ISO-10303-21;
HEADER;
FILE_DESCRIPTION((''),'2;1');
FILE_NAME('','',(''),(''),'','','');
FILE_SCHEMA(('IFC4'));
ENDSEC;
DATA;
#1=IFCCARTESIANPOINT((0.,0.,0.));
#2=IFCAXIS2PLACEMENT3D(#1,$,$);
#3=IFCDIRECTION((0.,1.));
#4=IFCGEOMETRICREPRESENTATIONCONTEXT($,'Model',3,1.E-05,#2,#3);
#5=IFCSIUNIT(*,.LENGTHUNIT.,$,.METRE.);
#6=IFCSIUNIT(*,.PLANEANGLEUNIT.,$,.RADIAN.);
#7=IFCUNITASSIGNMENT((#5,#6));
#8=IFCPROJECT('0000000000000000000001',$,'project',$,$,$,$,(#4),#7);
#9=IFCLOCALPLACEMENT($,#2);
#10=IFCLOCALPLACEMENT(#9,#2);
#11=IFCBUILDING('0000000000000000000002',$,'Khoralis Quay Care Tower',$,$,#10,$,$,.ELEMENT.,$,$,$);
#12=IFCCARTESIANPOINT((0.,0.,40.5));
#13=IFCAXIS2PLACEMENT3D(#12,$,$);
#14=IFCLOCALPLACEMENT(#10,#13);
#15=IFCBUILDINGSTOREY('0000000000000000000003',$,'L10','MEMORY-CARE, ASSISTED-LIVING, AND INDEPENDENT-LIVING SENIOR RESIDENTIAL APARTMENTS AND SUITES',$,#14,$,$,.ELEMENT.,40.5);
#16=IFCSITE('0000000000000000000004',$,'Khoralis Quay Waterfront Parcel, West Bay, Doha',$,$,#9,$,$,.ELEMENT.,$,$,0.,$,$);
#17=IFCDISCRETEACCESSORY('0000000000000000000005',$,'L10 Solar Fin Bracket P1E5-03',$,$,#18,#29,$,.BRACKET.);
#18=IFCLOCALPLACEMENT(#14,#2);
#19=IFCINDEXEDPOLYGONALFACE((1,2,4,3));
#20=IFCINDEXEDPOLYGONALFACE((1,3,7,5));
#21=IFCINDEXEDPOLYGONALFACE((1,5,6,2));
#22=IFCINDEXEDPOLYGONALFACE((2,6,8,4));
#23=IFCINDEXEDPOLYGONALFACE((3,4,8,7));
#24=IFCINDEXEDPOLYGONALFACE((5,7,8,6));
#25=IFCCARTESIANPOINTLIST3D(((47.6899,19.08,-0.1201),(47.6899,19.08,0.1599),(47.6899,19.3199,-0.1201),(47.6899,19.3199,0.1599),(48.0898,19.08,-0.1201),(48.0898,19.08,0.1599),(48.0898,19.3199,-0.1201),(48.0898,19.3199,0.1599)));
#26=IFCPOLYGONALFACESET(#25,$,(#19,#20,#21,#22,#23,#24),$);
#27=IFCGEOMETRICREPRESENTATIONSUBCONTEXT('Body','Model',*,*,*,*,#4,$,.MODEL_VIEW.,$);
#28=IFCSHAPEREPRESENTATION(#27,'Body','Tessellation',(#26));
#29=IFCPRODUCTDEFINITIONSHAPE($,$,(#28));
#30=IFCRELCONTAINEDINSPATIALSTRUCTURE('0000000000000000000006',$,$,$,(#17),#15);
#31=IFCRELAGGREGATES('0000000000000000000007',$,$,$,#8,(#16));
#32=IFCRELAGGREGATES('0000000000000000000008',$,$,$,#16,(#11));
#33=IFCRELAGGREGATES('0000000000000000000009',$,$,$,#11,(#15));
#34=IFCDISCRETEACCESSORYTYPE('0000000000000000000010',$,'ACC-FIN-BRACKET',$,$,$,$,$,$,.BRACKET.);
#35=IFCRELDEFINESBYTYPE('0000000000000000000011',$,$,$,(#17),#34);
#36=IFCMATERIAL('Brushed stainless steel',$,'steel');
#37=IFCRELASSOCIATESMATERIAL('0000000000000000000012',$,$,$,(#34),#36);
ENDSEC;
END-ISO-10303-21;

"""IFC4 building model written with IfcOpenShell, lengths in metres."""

from ifc_helpers import new_model, si_unit, direction, frame, origin, origin_2d, place, context, subcontext, project, spatial, rectangle, extrude, source, transform, mapped, material, type_object, element, save


model = new_model("IFC4")

# Units and contexts
model_context = context("Model", 3, precision=1e-05, world=origin(), true_north=direction((0.0, 1.0)))
body_context = subcontext(model_context, "Body", "Model", "MODEL_VIEW")
ifc_project = project(units=[si_unit("LENGTHUNIT", "METRE"), si_unit("PLANEANGLEUNIT", "RADIAN")], contexts=[model_context])

# Site, building, storey
site_placement = place(None, origin())
site = spatial("IfcSite", under=ifc_project, at=site_placement, Name="Khoralis Quay Waterfront Parcel, West Bay, Doha", CompositionType="ELEMENT", RefElevation=0.0)
building_placement = place(site_placement, origin())
building = spatial("IfcBuilding", under=site, at=building_placement, Name="Khoralis Quay Care Tower", CompositionType="ELEMENT")
storey_placement = place(building_placement, frame((0.0, 0.0, 40.5)))
storey = spatial("IfcBuildingStorey", under=building, at=storey_placement, Name="L10", Description="MEMORY-CARE, ASSISTED-LIVING, AND INDEPENDENT-LIVING SENIOR RESIDENTIAL APARTMENTS AND SUITES", CompositionType="ELEMENT", Elevation=40.5)

# Shared definitions
ifc_material_1 = material(Name="Brushed stainless steel", Category="steel")

# Discrete accessory
discrete_accessory_type = type_object("IfcDiscreteAccessoryType", Name="ACC-FIN-BRACKET", PredefinedType="BRACKET", material=ifc_material_1)
shared_shape_1 = source(origin(), body_context, "Body", "SweptSolid", [
    extrude(rectangle(XDim=0.3999, YDim=0.24, at=origin_2d()), origin(), (0.0, 0.0, 1.0), 0.28),
])
for number, where, z_axis, x_axis, name in (
    (1, (47.8899, 19.2, -0.1201), (0.0, 0.0, 1.0), (1.0, 0.0, 0.0), "L10 Solar Fin Bracket P1E5-03"),
):
    element("IfcDiscreteAccessory", number, at=place(storey_placement, frame(where, z_axis=z_axis, x_axis=x_axis)), inside=storey, type_object=discrete_accessory_type, Name=name, PredefinedType="BRACKET", context=body_context, shape_type="MappedRepresentation", body=[
        mapped(shared_shape_1, transform((0.0, 0.0, 0.0), scale=1.0)),
    ])

save(model, "model.ifc")
